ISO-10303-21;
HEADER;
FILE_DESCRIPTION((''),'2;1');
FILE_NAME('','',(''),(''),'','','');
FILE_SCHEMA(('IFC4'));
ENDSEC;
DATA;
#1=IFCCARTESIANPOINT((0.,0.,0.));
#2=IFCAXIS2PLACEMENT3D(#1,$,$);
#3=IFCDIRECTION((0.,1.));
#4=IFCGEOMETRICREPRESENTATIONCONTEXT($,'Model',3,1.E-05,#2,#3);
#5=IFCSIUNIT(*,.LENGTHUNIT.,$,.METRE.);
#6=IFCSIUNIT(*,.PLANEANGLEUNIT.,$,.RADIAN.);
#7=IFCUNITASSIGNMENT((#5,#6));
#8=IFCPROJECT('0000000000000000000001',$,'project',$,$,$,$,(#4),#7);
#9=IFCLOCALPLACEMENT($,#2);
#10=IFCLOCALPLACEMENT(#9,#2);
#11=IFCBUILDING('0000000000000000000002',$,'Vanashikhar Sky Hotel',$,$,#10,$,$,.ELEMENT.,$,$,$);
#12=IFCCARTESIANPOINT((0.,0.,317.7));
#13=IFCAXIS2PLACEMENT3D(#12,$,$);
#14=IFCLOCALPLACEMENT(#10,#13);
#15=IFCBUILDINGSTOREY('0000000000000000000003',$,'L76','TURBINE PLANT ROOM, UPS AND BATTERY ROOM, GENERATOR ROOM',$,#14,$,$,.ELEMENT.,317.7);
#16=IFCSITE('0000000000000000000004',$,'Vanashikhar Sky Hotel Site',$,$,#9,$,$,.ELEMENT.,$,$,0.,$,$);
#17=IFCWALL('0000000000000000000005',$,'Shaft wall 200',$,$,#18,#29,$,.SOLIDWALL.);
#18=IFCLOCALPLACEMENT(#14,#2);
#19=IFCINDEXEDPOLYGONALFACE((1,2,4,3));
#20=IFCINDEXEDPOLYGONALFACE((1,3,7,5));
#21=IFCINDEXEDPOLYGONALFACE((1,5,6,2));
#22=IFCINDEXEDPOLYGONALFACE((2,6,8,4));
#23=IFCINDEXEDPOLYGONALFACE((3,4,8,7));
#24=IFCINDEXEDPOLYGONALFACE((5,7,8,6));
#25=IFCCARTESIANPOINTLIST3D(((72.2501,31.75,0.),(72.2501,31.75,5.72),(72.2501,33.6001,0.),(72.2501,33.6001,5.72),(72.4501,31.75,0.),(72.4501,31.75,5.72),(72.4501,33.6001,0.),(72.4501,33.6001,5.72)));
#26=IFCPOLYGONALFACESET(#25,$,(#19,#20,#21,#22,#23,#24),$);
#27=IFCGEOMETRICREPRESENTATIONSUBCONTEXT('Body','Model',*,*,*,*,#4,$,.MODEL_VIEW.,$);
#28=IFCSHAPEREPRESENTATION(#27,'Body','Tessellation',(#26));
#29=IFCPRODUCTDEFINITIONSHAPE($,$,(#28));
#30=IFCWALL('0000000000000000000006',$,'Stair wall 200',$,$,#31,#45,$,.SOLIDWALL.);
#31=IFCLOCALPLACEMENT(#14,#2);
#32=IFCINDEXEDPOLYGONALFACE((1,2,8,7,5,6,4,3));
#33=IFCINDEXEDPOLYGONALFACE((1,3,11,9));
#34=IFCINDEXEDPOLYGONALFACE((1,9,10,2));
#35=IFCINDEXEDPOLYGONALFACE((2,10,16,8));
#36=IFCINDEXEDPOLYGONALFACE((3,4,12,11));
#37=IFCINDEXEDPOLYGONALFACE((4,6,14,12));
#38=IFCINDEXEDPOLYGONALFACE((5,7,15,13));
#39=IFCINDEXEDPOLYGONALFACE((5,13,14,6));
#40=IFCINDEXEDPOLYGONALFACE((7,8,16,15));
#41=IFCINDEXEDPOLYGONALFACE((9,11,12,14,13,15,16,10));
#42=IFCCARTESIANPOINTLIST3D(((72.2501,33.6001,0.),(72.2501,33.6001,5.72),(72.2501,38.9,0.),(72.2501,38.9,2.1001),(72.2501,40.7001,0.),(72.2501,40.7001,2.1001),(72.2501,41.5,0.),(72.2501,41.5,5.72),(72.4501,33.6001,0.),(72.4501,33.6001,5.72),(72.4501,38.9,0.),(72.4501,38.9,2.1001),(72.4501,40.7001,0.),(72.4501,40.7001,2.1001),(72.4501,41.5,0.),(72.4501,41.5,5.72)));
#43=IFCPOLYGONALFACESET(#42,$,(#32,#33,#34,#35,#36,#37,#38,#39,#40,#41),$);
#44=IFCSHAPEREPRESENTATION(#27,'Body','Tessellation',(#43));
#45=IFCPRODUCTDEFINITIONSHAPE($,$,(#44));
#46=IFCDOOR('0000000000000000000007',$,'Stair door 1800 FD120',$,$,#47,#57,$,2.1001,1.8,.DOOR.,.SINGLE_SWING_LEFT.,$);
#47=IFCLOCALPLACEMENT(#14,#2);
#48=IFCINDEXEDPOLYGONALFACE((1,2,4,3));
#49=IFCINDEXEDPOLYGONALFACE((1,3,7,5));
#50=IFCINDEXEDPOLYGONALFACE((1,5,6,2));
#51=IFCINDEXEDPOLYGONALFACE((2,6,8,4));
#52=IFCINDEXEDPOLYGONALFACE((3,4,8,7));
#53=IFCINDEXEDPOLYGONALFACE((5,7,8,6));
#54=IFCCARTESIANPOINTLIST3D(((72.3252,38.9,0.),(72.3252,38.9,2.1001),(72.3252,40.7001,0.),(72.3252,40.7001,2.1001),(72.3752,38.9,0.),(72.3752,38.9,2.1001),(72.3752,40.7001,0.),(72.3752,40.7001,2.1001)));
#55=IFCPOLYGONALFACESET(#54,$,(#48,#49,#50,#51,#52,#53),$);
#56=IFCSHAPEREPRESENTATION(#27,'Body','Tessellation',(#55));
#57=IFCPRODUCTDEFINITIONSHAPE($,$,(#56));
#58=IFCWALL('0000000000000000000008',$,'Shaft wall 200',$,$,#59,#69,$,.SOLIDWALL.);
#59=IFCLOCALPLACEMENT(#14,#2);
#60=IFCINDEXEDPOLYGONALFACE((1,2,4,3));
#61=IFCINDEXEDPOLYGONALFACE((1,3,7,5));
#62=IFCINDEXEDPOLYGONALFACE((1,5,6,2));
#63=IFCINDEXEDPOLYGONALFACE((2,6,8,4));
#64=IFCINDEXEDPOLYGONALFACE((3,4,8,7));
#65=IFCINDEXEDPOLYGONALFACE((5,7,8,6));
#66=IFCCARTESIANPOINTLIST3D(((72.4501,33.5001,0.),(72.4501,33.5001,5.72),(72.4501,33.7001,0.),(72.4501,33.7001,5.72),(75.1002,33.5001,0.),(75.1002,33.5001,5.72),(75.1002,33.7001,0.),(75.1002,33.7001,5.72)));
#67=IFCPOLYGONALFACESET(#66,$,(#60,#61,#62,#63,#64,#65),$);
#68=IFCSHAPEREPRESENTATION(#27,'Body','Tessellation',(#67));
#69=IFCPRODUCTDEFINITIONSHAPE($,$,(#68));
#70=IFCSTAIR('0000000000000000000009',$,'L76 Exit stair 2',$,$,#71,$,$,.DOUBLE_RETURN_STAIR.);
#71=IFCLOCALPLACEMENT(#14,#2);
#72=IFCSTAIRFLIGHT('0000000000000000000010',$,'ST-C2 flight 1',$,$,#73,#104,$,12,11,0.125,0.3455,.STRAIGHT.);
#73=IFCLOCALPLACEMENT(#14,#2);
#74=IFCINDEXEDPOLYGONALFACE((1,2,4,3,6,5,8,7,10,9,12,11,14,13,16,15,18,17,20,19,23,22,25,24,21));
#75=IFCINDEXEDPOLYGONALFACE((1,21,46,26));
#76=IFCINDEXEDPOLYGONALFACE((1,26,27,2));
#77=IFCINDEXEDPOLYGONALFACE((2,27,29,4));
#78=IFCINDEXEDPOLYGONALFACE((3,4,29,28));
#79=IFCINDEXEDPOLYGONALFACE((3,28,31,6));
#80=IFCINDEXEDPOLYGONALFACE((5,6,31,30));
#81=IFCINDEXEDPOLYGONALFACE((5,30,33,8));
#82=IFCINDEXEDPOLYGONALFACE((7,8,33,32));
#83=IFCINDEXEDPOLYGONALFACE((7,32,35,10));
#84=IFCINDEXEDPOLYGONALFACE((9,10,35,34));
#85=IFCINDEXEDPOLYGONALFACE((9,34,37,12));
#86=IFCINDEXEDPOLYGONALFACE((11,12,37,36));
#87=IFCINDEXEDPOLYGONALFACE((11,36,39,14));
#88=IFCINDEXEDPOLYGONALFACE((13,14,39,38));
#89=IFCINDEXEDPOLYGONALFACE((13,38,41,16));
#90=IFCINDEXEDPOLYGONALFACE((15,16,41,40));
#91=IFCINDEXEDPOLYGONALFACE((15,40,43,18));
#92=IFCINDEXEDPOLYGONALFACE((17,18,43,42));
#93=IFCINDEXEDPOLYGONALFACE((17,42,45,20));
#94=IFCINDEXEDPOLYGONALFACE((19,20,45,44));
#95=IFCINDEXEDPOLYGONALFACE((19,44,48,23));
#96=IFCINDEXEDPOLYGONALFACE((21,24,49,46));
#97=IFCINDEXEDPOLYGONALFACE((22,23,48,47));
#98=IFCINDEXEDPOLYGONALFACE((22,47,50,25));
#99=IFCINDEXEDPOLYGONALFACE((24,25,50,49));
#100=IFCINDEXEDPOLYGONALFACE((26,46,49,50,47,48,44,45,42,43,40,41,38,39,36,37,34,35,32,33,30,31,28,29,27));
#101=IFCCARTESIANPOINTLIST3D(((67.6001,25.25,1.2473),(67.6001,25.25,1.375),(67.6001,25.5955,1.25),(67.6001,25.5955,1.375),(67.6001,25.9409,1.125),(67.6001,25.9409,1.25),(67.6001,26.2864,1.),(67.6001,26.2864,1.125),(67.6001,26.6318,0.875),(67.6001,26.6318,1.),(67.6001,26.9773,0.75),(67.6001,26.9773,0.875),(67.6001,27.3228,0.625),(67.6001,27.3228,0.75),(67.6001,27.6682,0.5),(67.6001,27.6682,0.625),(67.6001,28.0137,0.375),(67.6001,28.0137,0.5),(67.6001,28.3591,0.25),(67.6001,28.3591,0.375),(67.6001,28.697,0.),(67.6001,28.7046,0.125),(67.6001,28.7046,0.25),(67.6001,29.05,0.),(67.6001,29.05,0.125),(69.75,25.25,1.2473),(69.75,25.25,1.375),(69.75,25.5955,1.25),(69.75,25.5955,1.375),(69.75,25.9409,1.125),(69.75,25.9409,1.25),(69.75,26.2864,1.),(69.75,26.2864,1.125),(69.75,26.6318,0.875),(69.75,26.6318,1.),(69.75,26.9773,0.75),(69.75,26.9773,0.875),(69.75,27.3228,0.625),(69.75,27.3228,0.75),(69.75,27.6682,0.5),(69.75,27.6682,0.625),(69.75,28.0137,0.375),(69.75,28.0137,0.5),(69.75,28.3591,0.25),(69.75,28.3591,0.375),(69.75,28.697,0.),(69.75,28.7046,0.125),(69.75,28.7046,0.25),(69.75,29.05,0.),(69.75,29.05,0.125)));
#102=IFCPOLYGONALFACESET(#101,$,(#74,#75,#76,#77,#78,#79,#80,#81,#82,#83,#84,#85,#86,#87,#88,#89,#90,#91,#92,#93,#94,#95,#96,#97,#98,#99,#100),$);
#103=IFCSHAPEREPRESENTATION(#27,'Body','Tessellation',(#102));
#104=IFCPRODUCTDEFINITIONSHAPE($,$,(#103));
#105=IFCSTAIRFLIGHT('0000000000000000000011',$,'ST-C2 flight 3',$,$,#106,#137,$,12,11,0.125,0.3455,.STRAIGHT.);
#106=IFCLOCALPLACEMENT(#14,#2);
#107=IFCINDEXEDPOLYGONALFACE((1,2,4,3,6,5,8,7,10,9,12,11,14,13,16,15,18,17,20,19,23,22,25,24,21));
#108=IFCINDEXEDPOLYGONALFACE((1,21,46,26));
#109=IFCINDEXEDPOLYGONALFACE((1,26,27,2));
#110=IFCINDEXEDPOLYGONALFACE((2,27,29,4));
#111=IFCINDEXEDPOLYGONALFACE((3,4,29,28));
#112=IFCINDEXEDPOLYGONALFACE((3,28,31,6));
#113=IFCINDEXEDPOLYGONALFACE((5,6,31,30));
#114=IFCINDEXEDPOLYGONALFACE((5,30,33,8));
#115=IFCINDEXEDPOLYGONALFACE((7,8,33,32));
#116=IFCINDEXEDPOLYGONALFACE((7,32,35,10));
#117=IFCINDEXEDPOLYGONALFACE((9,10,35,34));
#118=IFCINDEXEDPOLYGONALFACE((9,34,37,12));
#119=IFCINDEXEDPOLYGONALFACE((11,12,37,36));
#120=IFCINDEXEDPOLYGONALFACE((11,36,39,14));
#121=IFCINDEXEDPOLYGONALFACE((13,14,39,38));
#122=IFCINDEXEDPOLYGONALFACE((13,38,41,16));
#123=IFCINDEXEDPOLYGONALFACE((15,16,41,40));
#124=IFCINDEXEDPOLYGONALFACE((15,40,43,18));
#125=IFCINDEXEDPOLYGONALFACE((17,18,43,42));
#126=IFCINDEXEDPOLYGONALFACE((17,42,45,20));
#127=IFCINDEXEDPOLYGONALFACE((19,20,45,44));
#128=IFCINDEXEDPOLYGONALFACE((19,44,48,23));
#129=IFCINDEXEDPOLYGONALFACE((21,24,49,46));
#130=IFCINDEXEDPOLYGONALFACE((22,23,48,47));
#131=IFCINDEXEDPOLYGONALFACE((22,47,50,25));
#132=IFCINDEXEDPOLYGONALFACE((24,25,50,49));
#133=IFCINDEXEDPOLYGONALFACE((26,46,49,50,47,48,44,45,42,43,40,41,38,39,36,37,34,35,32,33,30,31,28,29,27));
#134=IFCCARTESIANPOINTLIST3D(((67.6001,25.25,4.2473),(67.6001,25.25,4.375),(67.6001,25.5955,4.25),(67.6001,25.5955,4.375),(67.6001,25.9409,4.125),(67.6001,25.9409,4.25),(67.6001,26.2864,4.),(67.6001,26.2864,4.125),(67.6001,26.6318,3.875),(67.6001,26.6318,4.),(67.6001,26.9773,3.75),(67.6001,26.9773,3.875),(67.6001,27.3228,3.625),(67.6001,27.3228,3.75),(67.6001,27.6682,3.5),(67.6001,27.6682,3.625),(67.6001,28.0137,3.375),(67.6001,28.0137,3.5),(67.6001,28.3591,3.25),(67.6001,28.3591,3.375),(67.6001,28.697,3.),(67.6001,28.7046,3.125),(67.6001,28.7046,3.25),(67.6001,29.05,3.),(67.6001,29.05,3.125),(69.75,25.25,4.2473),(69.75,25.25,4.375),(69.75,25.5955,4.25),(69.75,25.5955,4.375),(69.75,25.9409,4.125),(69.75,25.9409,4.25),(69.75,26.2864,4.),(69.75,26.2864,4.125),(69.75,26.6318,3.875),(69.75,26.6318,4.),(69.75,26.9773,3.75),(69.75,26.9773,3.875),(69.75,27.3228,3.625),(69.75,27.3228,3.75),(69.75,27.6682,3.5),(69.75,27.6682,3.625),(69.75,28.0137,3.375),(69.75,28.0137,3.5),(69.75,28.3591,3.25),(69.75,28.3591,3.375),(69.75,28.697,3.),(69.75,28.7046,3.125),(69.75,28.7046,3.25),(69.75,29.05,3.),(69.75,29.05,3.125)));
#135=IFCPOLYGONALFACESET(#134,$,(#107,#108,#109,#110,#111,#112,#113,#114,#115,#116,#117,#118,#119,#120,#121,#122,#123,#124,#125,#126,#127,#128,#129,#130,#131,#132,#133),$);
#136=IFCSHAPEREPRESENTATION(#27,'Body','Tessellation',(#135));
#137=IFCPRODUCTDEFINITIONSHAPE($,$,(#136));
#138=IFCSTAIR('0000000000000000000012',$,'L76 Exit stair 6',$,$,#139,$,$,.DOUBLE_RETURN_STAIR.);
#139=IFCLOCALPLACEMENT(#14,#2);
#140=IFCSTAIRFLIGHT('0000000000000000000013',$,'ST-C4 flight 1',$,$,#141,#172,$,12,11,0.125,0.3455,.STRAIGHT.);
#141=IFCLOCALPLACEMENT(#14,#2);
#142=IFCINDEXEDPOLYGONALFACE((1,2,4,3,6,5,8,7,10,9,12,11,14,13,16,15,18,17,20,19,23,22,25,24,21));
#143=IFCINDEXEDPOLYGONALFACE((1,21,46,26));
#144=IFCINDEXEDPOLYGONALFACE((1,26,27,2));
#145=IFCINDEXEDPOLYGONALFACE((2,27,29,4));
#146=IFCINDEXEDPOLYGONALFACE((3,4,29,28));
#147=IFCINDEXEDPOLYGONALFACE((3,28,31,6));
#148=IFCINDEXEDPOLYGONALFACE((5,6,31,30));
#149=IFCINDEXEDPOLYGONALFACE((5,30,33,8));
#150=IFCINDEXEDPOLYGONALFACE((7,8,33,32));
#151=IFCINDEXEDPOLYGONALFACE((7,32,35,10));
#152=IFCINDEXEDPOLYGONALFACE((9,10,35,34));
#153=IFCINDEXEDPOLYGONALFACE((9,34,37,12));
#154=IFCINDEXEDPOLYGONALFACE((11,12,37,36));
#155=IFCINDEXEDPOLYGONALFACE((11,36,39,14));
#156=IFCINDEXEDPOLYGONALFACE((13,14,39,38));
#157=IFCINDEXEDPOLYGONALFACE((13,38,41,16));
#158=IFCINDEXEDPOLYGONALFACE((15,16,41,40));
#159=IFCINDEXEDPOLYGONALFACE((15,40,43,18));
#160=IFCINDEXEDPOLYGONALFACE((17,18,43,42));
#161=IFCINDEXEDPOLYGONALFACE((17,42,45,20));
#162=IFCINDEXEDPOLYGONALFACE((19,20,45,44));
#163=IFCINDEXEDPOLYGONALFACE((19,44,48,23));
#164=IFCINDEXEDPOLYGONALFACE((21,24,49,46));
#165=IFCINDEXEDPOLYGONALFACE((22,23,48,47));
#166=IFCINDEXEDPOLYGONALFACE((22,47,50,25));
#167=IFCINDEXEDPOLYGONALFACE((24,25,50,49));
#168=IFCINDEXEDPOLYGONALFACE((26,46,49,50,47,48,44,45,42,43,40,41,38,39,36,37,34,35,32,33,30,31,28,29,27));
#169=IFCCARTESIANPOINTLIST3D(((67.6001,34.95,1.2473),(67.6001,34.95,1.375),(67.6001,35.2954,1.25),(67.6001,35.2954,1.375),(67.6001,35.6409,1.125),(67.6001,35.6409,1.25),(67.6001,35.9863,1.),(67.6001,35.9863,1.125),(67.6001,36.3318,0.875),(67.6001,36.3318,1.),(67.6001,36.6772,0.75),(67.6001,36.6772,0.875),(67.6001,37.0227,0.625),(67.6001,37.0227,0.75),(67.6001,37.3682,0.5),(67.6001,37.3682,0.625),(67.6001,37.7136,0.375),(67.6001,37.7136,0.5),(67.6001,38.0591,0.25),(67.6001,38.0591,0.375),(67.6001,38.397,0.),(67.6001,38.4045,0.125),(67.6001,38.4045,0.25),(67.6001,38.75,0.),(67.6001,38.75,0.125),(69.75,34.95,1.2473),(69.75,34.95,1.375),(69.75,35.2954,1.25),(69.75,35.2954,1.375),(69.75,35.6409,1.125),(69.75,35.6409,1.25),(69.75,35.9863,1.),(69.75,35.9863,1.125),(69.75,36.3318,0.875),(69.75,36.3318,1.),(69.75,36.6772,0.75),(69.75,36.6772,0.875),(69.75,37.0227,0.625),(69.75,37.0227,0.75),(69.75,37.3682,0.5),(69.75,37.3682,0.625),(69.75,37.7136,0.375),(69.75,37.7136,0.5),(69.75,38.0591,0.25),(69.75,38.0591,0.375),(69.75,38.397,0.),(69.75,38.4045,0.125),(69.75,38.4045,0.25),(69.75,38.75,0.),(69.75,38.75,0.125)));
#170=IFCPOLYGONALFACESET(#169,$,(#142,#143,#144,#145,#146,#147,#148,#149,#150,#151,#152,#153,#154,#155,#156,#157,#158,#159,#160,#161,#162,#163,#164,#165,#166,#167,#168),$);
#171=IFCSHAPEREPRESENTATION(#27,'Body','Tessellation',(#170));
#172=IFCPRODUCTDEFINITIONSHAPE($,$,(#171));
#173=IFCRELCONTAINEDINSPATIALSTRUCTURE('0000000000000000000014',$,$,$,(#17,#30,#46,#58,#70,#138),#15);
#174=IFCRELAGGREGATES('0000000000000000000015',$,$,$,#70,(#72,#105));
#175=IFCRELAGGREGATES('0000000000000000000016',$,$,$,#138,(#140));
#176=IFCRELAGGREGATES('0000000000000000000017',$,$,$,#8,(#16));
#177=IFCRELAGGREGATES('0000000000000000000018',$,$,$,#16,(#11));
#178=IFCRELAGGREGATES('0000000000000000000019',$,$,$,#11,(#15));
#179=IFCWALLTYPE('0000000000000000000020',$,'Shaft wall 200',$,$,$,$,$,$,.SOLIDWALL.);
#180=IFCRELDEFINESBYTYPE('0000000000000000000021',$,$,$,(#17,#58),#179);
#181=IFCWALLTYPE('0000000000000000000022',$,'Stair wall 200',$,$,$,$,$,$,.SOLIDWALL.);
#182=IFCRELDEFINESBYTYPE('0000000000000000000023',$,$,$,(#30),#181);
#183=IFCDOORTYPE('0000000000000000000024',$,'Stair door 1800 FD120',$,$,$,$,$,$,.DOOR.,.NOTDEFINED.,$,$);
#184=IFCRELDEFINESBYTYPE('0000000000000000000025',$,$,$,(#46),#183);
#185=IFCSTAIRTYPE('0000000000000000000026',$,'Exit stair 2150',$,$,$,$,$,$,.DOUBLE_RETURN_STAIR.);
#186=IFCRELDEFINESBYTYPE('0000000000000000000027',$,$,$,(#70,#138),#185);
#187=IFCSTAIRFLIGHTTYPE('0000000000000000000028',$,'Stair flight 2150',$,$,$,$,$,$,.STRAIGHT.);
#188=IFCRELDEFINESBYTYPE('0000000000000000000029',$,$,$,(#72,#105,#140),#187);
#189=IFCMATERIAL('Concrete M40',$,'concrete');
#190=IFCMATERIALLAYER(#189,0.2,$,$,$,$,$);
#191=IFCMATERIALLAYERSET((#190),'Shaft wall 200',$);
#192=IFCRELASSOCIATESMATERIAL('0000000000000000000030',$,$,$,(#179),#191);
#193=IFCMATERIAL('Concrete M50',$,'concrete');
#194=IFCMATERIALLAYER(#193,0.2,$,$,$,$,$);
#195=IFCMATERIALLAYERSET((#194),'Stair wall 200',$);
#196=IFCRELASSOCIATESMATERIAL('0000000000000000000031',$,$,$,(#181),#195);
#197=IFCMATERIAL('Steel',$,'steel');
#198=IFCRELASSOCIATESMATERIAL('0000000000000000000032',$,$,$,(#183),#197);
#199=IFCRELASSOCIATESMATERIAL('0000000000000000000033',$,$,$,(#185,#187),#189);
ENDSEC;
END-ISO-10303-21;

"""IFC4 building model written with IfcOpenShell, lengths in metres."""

from ifc_helpers import new_model, si_unit, direction, frame, frame_2d, origin, place, context, subcontext, project, spatial, polyline, rectangle, outline, extrude, source, transform, mapped, material, layer, layer_set, type_object, element, fill, aggregate, save


model = new_model("IFC4")

# Units and contexts
model_context = context("Model", 3, precision=1e-05, world=origin(), true_north=direction((0.0, 1.0)))
body_context = subcontext(model_context, "Body", "Model", "MODEL_VIEW")
ifc_project = project(units=[si_unit("LENGTHUNIT", "METRE"), si_unit("PLANEANGLEUNIT", "RADIAN")], contexts=[model_context])

# Site, building, storey
site_placement = place(None, origin())
site = spatial("IfcSite", under=ifc_project, at=site_placement, Name="Vanashikhar Sky Hotel Site", CompositionType="ELEMENT", RefElevation=0.0)
building_placement = place(site_placement, origin())
building = spatial("IfcBuilding", under=site, at=building_placement, Name="Vanashikhar Sky Hotel", CompositionType="ELEMENT")
storey_placement = place(building_placement, frame((0.0, 0.0, 317.7)))
storey = spatial("IfcBuildingStorey", under=building, at=storey_placement, Name="L76", Description="TURBINE PLANT ROOM, UPS AND BATTERY ROOM, GENERATOR ROOM", CompositionType="ELEMENT", Elevation=317.7)

# Wall
ifc_material_1 = material(Name="Concrete M40", Category="concrete")
ifc_layer_1 = layer(ifc_material_1, 0.2)
ifc_layer_set_1 = layer_set([ifc_layer_1], Name="Shaft wall 200")
wall_type_1 = type_object("IfcWallType", Name="Shaft wall 200", PredefinedType="SOLIDWALL", material=ifc_layer_set_1)
shared_shape_1 = source(origin(), body_context, "Body", "SweptSolid", [
    extrude(rectangle(XDim=1.8501, YDim=0.2, at=frame_2d((0.925, 0.0))), origin(), (0.0, 0.0, 1.0), 5.72),
])
wall_1_placement = place(storey_placement, frame((72.3501, 31.75, 0.0), z_axis=(0.0, 0.0, 1.0), x_axis=(0.0, 1.0, 0.0)))
element("IfcWall", 1, at=wall_1_placement, inside=storey, type_object=wall_type_1, Name="Shaft wall 200", PredefinedType="SOLIDWALL", context=body_context, shape_type="MappedRepresentation", body=[
    mapped(shared_shape_1, transform((0.0, 0.0, 0.0), scale=1.0)),
])

# Wall, opening, door
ifc_material_2 = material(Name="Concrete M50", Category="concrete")
ifc_layer_2 = layer(ifc_material_2, 0.2)
ifc_layer_set_2 = layer_set([ifc_layer_2], Name="Stair wall 200")
wall_type_2 = type_object("IfcWallType", Name="Stair wall 200", PredefinedType="SOLIDWALL", material=ifc_layer_set_2)
shared_shape_2 = source(origin(), body_context, "Body", "SweptSolid", [
    extrude(rectangle(XDim=7.8999, YDim=0.2, at=frame_2d((3.95, 0.0))), origin(), (0.0, 0.0, 1.0), 5.72),
])
wall_2_placement = place(storey_placement, frame((72.3501, 33.6001, 0.0), z_axis=(0.0, 0.0, 1.0), x_axis=(0.0, 1.0, 0.0)))
wall_2 = element("IfcWall", 2, at=wall_2_placement, inside=storey, type_object=wall_type_2, Name="Stair wall 200", PredefinedType="SOLIDWALL", context=body_context, shape_type="MappedRepresentation", body=[
    mapped(shared_shape_2, transform((0.0, 0.0, 0.0), scale=1.0)),
])
shared_shape_3 = source(origin(), body_context, "Body", "SweptSolid", [
    extrude(rectangle(XDim=1.8, YDim=2.1001, at=frame_2d((0.8999, 1.05))), frame((0.0, 0.1099, 0.0), z_axis=(0.0, -1.0, 0.0), x_axis=(1.0, 0.0, 0.0)), (0.0, 0.0, 1.0), 0.22),
])
opening_placement = place(wall_2_placement, frame((5.3, 0.0, 0.0)))
opening = element("IfcOpeningElement", 3, at=opening_placement, cuts=wall_2, PredefinedType="OPENING", context=body_context, shape_type="MappedRepresentation", body=[
    mapped(shared_shape_3, transform((0.0, 0.0, 0.0), scale=1.0)),
])
ifc_material_3 = material(Name="Steel", Category="steel")
door_type = type_object("IfcDoorType", Name="Stair door 1800 FD120", OperationType="NOTDEFINED", PredefinedType="DOOR", material=ifc_material_3)
shared_shape_4 = source(origin(), body_context, "Body", "SweptSolid", [
    extrude(rectangle(XDim=1.8, YDim=2.1001, at=frame_2d((0.8999, 1.05))), frame((0.0, 0.0249, 0.0), z_axis=(0.0, -1.0, 0.0), x_axis=(1.0, 0.0, 0.0)), (0.0, 0.0, 1.0), 0.05),
])
door_placement = place(opening_placement, origin())
door = element("IfcDoor", 4, at=door_placement, inside=storey, type_object=door_type, Name="Stair door 1800 FD120", OperationType="SINGLE_SWING_LEFT", OverallHeight=2.1001, OverallWidth=1.8, PredefinedType="DOOR", context=body_context, shape_type="MappedRepresentation", body=[
    mapped(shared_shape_4, transform((0.0, 0.0, 0.0), scale=1.0)),
])
fill(opening, door)

# Wall
shared_shape_5 = source(origin(), body_context, "Body", "SweptSolid", [
    extrude(rectangle(XDim=2.6501, YDim=0.2, at=frame_2d((1.3252, 0.0))), origin(), (0.0, 0.0, 1.0), 5.72),
])
wall_3_placement = place(storey_placement, frame((72.45, 33.6001, 0.0), z_axis=(0.0, 0.0, 1.0), x_axis=(1.0, 0.0, 0.0)))
element("IfcWall", 5, at=wall_3_placement, inside=storey, type_object=wall_type_1, Name="Shaft wall 200", PredefinedType="SOLIDWALL", context=body_context, shape_type="MappedRepresentation", body=[
    mapped(shared_shape_5, transform((0.0, 0.0, 0.0), scale=1.0)),
])

# Stairs, stair flights
stair_type = type_object("IfcStairType", Name="Exit stair 2150", PredefinedType="DOUBLE_RETURN_STAIR", material=ifc_material_1)
stair_1_placement = place(storey_placement, origin())
stair_1 = element("IfcStair", 6, at=stair_1_placement, inside=storey, type_object=stair_type, Name="L76 Exit stair 2", PredefinedType="DOUBLE_RETURN_STAIR")
stair_flight_type = type_object("IfcStairFlightType", Name="Stair flight 2150", PredefinedType="STRAIGHT", material=ifc_material_1)
shared_shape_6 = source(origin(), body_context, "Body", "SweptSolid", [
    extrude(outline(polyline([(0.0, 0.0), (0.0, 0.125), (0.3455, 0.125), (0.3455, 0.25), (0.6909, 0.25), (0.6909, 0.375), (1.0364, 0.375), (1.0364, 0.5), (1.3818, 0.5), (1.3818, 0.625), (1.7273, 0.625), (1.7273, 0.75), (2.0728, 0.75), (2.0728, 0.875), (2.4182, 0.875), (2.4182, 1.0), (2.7637, 1.0), (2.7637, 1.125), (3.1091, 1.125), (3.1091, 1.25), (3.4546, 1.25), (3.4546, 1.375), (3.8, 1.375), (3.8, 1.5), (3.8, 1.2473), (0.353, 0.0), (0.0, 0.0)])), frame((0.0, 1.075, 0.0), z_axis=(0.0, -1.0, 0.0), x_axis=(1.0, 0.0, 0.0)), (0.0, 0.0, 1.0), 2.1499),
])
stair_flight_1_placement = place(storey_placement, frame((68.675, 29.05, 0.0), z_axis=(0.0, 0.0, 1.0), x_axis=(0.0, -1.0, 0.0)))
stair_flight_1 = element("IfcStairFlight", 7, at=stair_flight_1_placement, type_object=stair_flight_type, Name="ST-C2 flight 1", NumberOfRisers=12, NumberOfTreads=11, PredefinedType="STRAIGHT", RiserHeight=0.125, TreadLength=0.3455, context=body_context, shape_type="MappedRepresentation", body=[
    mapped(shared_shape_6, transform((0.0, 0.0, 0.0), scale=1.0)),
])
stair_flight_2_placement = place(storey_placement, frame((68.675, 29.05, 3.0), z_axis=(0.0, 0.0, 1.0), x_axis=(0.0, -1.0, 0.0)))
stair_flight_2 = element("IfcStairFlight", 8, at=stair_flight_2_placement, type_object=stair_flight_type, Name="ST-C2 flight 3", NumberOfRisers=12, NumberOfTreads=11, PredefinedType="STRAIGHT", RiserHeight=0.125, TreadLength=0.3455, context=body_context, shape_type="MappedRepresentation", body=[
    mapped(shared_shape_6, transform((0.0, 0.0, 0.0), scale=1.0)),
])
aggregate(stair_1, [stair_flight_1, stair_flight_2])
stair_2_placement = place(storey_placement, origin())
stair_2 = element("IfcStair", 9, at=stair_2_placement, inside=storey, type_object=stair_type, Name="L76 Exit stair 6", PredefinedType="DOUBLE_RETURN_STAIR")
stair_flight_3_placement = place(storey_placement, frame((68.675, 38.75, 0.0), z_axis=(0.0, 0.0, 1.0), x_axis=(0.0, -1.0, 0.0)))
stair_flight_3 = element("IfcStairFlight", 10, at=stair_flight_3_placement, type_object=stair_flight_type, Name="ST-C4 flight 1", NumberOfRisers=12, NumberOfTreads=11, PredefinedType="STRAIGHT", RiserHeight=0.125, TreadLength=0.3455, context=body_context, shape_type="MappedRepresentation", body=[
    mapped(shared_shape_6, transform((0.0, 0.0, 0.0), scale=1.0)),
])
aggregate(stair_2, [stair_flight_3])

save(model, "model.ifc")
